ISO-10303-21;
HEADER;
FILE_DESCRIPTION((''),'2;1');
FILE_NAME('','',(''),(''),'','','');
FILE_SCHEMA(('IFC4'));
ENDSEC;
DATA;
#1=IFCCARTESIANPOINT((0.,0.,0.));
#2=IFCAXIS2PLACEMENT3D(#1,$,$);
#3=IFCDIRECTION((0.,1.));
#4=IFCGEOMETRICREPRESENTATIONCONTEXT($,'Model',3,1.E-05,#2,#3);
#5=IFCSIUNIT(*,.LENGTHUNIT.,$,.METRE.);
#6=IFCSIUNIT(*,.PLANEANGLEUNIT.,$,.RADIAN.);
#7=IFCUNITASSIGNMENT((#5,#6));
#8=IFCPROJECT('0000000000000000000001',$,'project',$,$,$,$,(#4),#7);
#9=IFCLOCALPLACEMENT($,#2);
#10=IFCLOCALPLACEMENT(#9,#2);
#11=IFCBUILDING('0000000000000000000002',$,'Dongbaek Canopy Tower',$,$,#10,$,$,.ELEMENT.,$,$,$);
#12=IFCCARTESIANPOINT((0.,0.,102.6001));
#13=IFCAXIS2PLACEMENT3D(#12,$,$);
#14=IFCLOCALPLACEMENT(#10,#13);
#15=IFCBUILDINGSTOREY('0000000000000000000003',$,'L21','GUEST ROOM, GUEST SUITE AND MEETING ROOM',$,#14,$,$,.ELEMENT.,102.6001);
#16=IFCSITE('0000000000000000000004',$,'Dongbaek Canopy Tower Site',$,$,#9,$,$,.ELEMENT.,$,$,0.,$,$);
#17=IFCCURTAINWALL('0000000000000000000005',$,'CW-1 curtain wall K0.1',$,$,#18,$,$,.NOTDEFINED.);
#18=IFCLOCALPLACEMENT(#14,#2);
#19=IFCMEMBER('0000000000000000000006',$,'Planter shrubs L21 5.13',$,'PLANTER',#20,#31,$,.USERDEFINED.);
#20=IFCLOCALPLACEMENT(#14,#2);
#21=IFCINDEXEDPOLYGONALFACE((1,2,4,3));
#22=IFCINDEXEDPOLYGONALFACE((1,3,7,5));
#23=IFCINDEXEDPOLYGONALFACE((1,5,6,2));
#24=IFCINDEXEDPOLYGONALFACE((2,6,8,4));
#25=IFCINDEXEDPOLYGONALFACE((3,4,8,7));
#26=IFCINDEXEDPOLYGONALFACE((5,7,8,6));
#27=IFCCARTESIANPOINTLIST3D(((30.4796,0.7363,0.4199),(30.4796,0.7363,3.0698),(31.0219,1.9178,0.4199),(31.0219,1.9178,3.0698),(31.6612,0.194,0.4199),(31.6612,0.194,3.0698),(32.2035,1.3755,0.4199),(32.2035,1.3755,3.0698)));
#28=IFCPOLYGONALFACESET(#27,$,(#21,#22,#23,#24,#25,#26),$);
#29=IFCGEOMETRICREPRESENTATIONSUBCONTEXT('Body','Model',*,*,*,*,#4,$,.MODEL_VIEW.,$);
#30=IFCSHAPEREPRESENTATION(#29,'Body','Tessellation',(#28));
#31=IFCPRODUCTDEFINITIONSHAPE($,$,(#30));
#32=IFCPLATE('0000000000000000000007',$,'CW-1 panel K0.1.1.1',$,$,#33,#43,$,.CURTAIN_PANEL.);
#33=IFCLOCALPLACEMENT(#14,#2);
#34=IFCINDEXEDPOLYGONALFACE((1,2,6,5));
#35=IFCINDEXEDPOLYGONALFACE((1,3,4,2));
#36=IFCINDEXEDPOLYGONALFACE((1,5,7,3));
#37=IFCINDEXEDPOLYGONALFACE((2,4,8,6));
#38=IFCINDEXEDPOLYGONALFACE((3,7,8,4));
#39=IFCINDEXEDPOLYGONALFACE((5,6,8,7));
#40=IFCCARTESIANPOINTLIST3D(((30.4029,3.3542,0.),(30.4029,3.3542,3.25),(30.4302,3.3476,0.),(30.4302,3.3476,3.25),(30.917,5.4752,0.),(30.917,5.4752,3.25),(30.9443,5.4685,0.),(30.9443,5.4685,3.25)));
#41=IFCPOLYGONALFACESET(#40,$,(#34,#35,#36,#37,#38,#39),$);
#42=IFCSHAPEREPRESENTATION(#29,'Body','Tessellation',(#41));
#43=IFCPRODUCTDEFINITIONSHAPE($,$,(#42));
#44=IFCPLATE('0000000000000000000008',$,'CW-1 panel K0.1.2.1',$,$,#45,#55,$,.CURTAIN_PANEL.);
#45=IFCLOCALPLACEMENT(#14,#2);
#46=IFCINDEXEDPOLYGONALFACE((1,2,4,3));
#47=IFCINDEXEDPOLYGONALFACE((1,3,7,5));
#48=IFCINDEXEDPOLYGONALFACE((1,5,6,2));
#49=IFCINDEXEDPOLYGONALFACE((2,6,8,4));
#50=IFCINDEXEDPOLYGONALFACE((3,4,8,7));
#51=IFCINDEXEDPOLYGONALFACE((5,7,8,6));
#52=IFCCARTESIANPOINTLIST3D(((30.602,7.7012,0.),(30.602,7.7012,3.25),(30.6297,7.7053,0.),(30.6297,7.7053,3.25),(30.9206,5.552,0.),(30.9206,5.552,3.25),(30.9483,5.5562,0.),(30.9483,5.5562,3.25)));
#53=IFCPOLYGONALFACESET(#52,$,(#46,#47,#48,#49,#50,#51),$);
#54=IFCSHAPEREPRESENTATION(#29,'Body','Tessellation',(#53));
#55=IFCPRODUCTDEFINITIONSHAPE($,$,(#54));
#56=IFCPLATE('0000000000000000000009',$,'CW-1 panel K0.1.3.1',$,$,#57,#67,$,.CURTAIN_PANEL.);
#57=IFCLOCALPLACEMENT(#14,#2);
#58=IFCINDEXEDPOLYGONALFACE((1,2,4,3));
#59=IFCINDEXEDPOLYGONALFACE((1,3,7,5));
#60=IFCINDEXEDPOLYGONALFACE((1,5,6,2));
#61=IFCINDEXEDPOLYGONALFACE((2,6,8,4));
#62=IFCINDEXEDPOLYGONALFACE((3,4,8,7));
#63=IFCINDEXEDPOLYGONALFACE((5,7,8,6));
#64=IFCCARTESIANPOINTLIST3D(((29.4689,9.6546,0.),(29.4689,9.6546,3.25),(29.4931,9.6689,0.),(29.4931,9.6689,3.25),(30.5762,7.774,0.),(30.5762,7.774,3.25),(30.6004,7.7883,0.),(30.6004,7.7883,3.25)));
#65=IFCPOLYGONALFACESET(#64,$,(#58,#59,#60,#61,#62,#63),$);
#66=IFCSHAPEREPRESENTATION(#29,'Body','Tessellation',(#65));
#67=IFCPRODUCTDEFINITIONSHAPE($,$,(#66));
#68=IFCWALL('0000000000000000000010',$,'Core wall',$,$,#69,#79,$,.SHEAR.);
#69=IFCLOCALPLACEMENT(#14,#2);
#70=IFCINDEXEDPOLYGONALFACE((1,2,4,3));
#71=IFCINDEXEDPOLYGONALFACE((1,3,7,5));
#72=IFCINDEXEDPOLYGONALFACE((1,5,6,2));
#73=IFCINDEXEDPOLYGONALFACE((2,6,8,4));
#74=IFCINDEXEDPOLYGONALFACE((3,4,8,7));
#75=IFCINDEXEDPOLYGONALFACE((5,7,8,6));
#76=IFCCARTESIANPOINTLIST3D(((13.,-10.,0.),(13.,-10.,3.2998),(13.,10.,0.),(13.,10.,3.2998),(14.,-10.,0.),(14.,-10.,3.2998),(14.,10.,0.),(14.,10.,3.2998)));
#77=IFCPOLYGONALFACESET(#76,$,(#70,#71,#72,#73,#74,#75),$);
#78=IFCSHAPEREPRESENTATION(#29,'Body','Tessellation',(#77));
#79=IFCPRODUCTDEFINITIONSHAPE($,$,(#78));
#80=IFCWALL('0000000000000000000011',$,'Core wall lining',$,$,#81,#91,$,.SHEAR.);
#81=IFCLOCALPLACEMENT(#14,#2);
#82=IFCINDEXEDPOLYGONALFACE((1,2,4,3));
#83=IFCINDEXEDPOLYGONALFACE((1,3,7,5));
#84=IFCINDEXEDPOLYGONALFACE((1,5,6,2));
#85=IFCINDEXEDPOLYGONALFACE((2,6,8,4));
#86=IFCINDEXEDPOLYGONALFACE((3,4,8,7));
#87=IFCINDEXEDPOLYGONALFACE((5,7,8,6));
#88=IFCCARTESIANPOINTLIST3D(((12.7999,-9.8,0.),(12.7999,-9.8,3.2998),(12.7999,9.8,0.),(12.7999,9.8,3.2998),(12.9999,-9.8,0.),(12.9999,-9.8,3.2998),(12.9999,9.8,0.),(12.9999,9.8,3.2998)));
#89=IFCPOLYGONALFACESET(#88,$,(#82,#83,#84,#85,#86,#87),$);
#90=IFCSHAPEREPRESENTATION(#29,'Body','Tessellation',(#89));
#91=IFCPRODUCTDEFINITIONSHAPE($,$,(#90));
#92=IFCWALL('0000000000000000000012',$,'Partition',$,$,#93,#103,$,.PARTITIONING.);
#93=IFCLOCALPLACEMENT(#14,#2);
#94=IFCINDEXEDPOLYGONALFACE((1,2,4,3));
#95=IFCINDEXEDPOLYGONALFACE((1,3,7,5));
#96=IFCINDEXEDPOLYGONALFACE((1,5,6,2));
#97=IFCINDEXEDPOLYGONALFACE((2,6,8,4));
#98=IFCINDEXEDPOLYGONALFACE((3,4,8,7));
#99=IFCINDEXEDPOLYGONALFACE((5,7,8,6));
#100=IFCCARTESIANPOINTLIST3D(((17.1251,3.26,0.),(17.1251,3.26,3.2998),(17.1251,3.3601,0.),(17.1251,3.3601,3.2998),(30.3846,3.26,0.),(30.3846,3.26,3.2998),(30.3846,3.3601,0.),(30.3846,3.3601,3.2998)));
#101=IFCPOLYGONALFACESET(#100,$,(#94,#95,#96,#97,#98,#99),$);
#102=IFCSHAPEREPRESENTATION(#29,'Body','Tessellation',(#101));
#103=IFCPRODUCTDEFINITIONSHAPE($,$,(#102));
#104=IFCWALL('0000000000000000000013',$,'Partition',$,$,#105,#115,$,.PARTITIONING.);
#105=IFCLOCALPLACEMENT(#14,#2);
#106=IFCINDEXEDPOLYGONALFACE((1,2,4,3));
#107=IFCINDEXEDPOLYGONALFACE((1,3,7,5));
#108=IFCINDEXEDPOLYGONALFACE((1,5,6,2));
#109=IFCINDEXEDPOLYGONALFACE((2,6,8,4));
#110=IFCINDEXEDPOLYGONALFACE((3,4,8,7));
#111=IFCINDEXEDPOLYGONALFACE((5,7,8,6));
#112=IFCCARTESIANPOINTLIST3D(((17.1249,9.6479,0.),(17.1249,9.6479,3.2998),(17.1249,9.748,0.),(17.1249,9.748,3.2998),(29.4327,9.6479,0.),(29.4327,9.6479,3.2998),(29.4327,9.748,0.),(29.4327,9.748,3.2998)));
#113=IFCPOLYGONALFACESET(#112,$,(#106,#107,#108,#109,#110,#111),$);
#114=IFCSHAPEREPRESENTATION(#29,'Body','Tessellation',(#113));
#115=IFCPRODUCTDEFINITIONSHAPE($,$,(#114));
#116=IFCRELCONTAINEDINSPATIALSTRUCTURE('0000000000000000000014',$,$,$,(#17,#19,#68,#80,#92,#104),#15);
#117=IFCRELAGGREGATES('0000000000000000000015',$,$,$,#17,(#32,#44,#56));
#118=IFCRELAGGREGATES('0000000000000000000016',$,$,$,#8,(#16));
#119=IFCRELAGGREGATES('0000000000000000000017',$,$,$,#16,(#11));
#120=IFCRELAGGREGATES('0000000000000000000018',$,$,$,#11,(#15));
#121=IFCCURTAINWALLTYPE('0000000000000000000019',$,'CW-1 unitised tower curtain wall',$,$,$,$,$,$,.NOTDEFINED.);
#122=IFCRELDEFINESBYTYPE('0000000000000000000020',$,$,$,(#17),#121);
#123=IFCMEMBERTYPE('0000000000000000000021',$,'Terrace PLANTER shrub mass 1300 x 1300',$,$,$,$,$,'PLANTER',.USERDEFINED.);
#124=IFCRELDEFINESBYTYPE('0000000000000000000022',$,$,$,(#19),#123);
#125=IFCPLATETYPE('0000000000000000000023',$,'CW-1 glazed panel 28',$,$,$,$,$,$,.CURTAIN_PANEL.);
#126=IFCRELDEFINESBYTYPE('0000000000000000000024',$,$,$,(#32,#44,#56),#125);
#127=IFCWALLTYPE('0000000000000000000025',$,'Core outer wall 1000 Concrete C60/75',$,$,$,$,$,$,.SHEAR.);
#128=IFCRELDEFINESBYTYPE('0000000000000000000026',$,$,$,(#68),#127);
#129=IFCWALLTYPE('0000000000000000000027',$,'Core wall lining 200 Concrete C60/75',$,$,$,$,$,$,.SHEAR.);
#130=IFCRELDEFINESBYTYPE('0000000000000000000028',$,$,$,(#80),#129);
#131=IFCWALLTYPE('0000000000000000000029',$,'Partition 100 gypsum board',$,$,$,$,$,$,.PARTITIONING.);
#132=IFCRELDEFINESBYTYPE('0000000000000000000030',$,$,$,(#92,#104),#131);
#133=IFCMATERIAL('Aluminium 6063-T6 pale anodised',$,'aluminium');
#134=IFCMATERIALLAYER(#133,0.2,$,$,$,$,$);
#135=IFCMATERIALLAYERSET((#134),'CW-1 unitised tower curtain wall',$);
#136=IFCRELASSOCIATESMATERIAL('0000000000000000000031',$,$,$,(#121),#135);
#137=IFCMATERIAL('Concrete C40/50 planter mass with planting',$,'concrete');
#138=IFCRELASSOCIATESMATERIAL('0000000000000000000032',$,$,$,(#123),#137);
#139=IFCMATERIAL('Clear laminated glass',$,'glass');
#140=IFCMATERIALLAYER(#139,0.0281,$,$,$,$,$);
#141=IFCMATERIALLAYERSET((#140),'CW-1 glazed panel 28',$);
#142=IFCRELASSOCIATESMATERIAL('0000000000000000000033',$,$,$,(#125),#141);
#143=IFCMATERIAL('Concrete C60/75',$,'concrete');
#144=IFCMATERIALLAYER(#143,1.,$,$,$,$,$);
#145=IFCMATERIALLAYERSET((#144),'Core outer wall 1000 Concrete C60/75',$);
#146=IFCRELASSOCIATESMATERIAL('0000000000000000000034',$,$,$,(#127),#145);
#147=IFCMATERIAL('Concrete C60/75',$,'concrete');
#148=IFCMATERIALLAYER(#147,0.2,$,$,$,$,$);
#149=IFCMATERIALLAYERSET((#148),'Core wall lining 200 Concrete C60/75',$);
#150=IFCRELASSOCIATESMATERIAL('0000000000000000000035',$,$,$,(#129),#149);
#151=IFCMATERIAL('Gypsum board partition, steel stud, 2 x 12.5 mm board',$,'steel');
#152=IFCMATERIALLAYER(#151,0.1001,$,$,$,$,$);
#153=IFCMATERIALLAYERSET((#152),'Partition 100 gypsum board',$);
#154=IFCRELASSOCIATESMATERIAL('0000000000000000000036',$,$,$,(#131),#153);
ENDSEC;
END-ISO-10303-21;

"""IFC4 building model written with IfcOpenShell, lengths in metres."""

from ifc_helpers import new_model, si_unit, direction, frame, frame_2d, origin, origin_2d, place, context, subcontext, project, spatial, rectangle, extrude, material, layer, layer_set, material_profile, profile_set, type_object, element, aggregate, save


model = new_model("IFC4")

# Units and contexts
model_context = context("Model", 3, precision=1e-05, world=origin(), true_north=direction((0.0, 1.0)))
body_context = subcontext(model_context, "Body", "Model", "MODEL_VIEW")
ifc_project = project(units=[si_unit("LENGTHUNIT", "METRE"), si_unit("PLANEANGLEUNIT", "RADIAN")], contexts=[model_context])

# Site, building, storey
site_placement = place(None, origin())
site = spatial("IfcSite", under=ifc_project, at=site_placement, Name="Dongbaek Canopy Tower Site", CompositionType="ELEMENT", RefElevation=0.0)
building_placement = place(site_placement, origin())
building = spatial("IfcBuilding", under=site, at=building_placement, Name="Dongbaek Canopy Tower", CompositionType="ELEMENT")
storey_placement = place(building_placement, frame((0.0, 0.0, 102.6001)))
storey = spatial("IfcBuildingStorey", under=building, at=storey_placement, Name="L21", Description="GUEST ROOM, GUEST SUITE AND MEETING ROOM", CompositionType="ELEMENT", Elevation=102.6001)

# Curtain wall
ifc_material_1 = material(Name="Aluminium 6063-T6 pale anodised", Category="aluminium")
ifc_layer_1 = layer(ifc_material_1, 0.2)
ifc_layer_set_1 = layer_set([ifc_layer_1], Name="CW-1 unitised tower curtain wall")
curtain_wall_type = type_object("IfcCurtainWallType", Name="CW-1 unitised tower curtain wall", PredefinedType="NOTDEFINED", material=ifc_layer_set_1)
curtain_wall_placement = place(storey_placement, origin())
curtain_wall = element("IfcCurtainWall", 1, at=curtain_wall_placement, inside=storey, type_object=curtain_wall_type, Name="CW-1 curtain wall K0.1", PredefinedType="NOTDEFINED")

# Member
ifc_material_2 = material(Name="Concrete C40/50 planter mass with planting", Category="concrete")
ifc_material_profile_1 = material_profile(ifc_material_2, rectangle(XDim=1.3, YDim=1.3, at=origin_2d()), Name="Terrace PLANTER shrub mass 1300 x 1300")
ifc_profile_set_1 = profile_set([ifc_material_profile_1], Name="Concrete C40/50 planter mass with planting")
member_type_1 = type_object("IfcMemberType", Name="Terrace PLANTER shrub mass 1300 x 1300", ElementType="PLANTER", PredefinedType="USERDEFINED", material=ifc_profile_set_1)
member_1_placement = place(storey_placement, frame((31.3416, 1.0559, 0.4199), z_axis=(0.0, 0.0, 1.0), x_axis=(0.908849, -0.417126, 0.0)))
element("IfcMember", 2, at=member_1_placement, inside=storey, type_object=member_type_1, Name="Planter shrubs L21 5.13", ObjectType="PLANTER", PredefinedType="USERDEFINED", context=body_context, shape_type="SweptSolid", body=[
    extrude(rectangle(XDim=1.3, YDim=1.3, at=origin_2d()), origin(), (0.0, 0.0, 1.0), 2.6499),
])

# Plates
ifc_material_3 = material(Name="Clear laminated glass", Category="glass")
ifc_layer_2 = layer(ifc_material_3, 0.0281)
ifc_layer_set_2 = layer_set([ifc_layer_2], Name="CW-1 glazed panel 28")
plate_type = type_object("IfcPlateType", Name="CW-1 glazed panel 28", PredefinedType="CURTAIN_PANEL", material=ifc_layer_set_2)
plate_1_placement = place(storey_placement, frame((30.6736, 4.4114, 0.0), z_axis=(0.0, 0.0, 1.0), x_axis=(0.235562, 0.971859, 0.0)))
plate_1 = element("IfcPlate", 3, at=plate_1_placement, type_object=plate_type, Name="CW-1 panel K0.1.1.1", PredefinedType="CURTAIN_PANEL", context=body_context, shape_type="SweptSolid", body=[
    extrude(rectangle(XDim=2.1824, YDim=0.0281, at=origin_2d()), origin(), (0.0, 0.0, 1.0), 3.25),
])
plate_2_placement = place(storey_placement, frame((30.7751, 6.6287, 0.0), z_axis=(0.0, 0.0, 1.0), x_axis=(-0.146641, 0.98919, 0.0)))
plate_2 = element("IfcPlate", 4, at=plate_2_placement, type_object=plate_type, Name="CW-1 panel K0.1.2.1", PredefinedType="CURTAIN_PANEL", context=body_context, shape_type="SweptSolid", body=[
    extrude(rectangle(XDim=2.1726, YDim=0.0281, at=origin_2d()), origin(), (0.0, 0.0, 1.0), 3.25),
])
plate_3_placement = place(storey_placement, frame((30.0347, 8.7214, 0.0), z_axis=(0.0, 0.0, 1.0), x_axis=(-0.507378, 0.861723, 0.0)))
plate_3 = element("IfcPlate", 5, at=plate_3_placement, type_object=plate_type, Name="CW-1 panel K0.1.3.1", PredefinedType="CURTAIN_PANEL", context=body_context, shape_type="SweptSolid", body=[
    extrude(rectangle(XDim=2.1824, YDim=0.0281, at=origin_2d()), origin(), (0.0, 0.0, 1.0), 3.25),
])
aggregate(curtain_wall, [plate_1, plate_2, plate_3])

# Walls
ifc_material_4 = material(Name="Concrete C60/75", Category="concrete")
ifc_layer_3 = layer(ifc_material_4, 1.0)
ifc_layer_set_3 = layer_set([ifc_layer_3], Name="Core outer wall 1000 Concrete C60/75")
wall_type_1 = type_object("IfcWallType", Name="Core outer wall 1000 Concrete C60/75", PredefinedType="SHEAR", material=ifc_layer_set_3)
wall_1_placement = place(storey_placement, frame((13.5, 10.0, 0.0), z_axis=(0.0, 0.0, 1.0), x_axis=(0.0, -1.0, 0.0)))
element("IfcWall", 6, at=wall_1_placement, inside=storey, type_object=wall_type_1, Name="Core wall", PredefinedType="SHEAR", context=body_context, shape_type="SweptSolid", body=[
    extrude(rectangle(XDim=20.0, YDim=1.0, at=frame_2d((10.0, 0.0))), origin(), (0.0, 0.0, 1.0), 3.2998),
])
ifc_material_5 = material(Name="Concrete C60/75", Category="concrete")
ifc_layer_4 = layer(ifc_material_5, 0.2)
ifc_layer_set_4 = layer_set([ifc_layer_4], Name="Core wall lining 200 Concrete C60/75")
wall_type_2 = type_object("IfcWallType", Name="Core wall lining 200 Concrete C60/75", PredefinedType="SHEAR", material=ifc_layer_set_4)
wall_2_placement = place(storey_placement, frame((12.8999, 9.8, 0.0), z_axis=(0.0, 0.0, 1.0), x_axis=(0.0, -1.0, 0.0)))
element("IfcWall", 7, at=wall_2_placement, inside=storey, type_object=wall_type_2, Name="Core wall lining", PredefinedType="SHEAR", context=body_context, shape_type="SweptSolid", body=[
    extrude(rectangle(XDim=19.6001, YDim=0.2, at=frame_2d((9.8, 0.0))), origin(), (0.0, 0.0, 1.0), 3.2998),
])
ifc_material_6 = material(Name="Gypsum board partition, steel stud, 2 x 12.5 mm board", Category="steel")
ifc_layer_5 = layer(ifc_material_6, 0.1001)
ifc_layer_set_5 = layer_set([ifc_layer_5], Name="Partition 100 gypsum board")
wall_type_3 = type_object("IfcWallType", Name="Partition 100 gypsum board", PredefinedType="PARTITIONING", material=ifc_layer_set_5)
wall_3_placement = place(storey_placement, frame((17.125, 3.3101, 0.0), z_axis=(0.0, 0.0, 1.0), x_axis=(1.0, 0.0, 0.0)))
element("IfcWall", 8, at=wall_3_placement, inside=storey, type_object=wall_type_3, Name="Partition", PredefinedType="PARTITIONING", context=body_context, shape_type="SweptSolid", body=[
    extrude(rectangle(XDim=13.2595, YDim=0.1001, at=frame_2d((6.6299, 0.0))), origin(), (0.0, 0.0, 1.0), 3.2998),
])
wall_4_placement = place(storey_placement, frame((17.125, 9.698, 0.0), z_axis=(0.0, 0.0, 1.0), x_axis=(1.0, 0.0, 0.0)))
element("IfcWall", 9, at=wall_4_placement, inside=storey, type_object=wall_type_3, Name="Partition", PredefinedType="PARTITIONING", context=body_context, shape_type="SweptSolid", body=[
    extrude(rectangle(XDim=12.3079, YDim=0.1001, at=frame_2d((6.1538, 0.0))), origin(), (0.0, 0.0, 1.0), 3.2998),
])

save(model, "model.ifc")
